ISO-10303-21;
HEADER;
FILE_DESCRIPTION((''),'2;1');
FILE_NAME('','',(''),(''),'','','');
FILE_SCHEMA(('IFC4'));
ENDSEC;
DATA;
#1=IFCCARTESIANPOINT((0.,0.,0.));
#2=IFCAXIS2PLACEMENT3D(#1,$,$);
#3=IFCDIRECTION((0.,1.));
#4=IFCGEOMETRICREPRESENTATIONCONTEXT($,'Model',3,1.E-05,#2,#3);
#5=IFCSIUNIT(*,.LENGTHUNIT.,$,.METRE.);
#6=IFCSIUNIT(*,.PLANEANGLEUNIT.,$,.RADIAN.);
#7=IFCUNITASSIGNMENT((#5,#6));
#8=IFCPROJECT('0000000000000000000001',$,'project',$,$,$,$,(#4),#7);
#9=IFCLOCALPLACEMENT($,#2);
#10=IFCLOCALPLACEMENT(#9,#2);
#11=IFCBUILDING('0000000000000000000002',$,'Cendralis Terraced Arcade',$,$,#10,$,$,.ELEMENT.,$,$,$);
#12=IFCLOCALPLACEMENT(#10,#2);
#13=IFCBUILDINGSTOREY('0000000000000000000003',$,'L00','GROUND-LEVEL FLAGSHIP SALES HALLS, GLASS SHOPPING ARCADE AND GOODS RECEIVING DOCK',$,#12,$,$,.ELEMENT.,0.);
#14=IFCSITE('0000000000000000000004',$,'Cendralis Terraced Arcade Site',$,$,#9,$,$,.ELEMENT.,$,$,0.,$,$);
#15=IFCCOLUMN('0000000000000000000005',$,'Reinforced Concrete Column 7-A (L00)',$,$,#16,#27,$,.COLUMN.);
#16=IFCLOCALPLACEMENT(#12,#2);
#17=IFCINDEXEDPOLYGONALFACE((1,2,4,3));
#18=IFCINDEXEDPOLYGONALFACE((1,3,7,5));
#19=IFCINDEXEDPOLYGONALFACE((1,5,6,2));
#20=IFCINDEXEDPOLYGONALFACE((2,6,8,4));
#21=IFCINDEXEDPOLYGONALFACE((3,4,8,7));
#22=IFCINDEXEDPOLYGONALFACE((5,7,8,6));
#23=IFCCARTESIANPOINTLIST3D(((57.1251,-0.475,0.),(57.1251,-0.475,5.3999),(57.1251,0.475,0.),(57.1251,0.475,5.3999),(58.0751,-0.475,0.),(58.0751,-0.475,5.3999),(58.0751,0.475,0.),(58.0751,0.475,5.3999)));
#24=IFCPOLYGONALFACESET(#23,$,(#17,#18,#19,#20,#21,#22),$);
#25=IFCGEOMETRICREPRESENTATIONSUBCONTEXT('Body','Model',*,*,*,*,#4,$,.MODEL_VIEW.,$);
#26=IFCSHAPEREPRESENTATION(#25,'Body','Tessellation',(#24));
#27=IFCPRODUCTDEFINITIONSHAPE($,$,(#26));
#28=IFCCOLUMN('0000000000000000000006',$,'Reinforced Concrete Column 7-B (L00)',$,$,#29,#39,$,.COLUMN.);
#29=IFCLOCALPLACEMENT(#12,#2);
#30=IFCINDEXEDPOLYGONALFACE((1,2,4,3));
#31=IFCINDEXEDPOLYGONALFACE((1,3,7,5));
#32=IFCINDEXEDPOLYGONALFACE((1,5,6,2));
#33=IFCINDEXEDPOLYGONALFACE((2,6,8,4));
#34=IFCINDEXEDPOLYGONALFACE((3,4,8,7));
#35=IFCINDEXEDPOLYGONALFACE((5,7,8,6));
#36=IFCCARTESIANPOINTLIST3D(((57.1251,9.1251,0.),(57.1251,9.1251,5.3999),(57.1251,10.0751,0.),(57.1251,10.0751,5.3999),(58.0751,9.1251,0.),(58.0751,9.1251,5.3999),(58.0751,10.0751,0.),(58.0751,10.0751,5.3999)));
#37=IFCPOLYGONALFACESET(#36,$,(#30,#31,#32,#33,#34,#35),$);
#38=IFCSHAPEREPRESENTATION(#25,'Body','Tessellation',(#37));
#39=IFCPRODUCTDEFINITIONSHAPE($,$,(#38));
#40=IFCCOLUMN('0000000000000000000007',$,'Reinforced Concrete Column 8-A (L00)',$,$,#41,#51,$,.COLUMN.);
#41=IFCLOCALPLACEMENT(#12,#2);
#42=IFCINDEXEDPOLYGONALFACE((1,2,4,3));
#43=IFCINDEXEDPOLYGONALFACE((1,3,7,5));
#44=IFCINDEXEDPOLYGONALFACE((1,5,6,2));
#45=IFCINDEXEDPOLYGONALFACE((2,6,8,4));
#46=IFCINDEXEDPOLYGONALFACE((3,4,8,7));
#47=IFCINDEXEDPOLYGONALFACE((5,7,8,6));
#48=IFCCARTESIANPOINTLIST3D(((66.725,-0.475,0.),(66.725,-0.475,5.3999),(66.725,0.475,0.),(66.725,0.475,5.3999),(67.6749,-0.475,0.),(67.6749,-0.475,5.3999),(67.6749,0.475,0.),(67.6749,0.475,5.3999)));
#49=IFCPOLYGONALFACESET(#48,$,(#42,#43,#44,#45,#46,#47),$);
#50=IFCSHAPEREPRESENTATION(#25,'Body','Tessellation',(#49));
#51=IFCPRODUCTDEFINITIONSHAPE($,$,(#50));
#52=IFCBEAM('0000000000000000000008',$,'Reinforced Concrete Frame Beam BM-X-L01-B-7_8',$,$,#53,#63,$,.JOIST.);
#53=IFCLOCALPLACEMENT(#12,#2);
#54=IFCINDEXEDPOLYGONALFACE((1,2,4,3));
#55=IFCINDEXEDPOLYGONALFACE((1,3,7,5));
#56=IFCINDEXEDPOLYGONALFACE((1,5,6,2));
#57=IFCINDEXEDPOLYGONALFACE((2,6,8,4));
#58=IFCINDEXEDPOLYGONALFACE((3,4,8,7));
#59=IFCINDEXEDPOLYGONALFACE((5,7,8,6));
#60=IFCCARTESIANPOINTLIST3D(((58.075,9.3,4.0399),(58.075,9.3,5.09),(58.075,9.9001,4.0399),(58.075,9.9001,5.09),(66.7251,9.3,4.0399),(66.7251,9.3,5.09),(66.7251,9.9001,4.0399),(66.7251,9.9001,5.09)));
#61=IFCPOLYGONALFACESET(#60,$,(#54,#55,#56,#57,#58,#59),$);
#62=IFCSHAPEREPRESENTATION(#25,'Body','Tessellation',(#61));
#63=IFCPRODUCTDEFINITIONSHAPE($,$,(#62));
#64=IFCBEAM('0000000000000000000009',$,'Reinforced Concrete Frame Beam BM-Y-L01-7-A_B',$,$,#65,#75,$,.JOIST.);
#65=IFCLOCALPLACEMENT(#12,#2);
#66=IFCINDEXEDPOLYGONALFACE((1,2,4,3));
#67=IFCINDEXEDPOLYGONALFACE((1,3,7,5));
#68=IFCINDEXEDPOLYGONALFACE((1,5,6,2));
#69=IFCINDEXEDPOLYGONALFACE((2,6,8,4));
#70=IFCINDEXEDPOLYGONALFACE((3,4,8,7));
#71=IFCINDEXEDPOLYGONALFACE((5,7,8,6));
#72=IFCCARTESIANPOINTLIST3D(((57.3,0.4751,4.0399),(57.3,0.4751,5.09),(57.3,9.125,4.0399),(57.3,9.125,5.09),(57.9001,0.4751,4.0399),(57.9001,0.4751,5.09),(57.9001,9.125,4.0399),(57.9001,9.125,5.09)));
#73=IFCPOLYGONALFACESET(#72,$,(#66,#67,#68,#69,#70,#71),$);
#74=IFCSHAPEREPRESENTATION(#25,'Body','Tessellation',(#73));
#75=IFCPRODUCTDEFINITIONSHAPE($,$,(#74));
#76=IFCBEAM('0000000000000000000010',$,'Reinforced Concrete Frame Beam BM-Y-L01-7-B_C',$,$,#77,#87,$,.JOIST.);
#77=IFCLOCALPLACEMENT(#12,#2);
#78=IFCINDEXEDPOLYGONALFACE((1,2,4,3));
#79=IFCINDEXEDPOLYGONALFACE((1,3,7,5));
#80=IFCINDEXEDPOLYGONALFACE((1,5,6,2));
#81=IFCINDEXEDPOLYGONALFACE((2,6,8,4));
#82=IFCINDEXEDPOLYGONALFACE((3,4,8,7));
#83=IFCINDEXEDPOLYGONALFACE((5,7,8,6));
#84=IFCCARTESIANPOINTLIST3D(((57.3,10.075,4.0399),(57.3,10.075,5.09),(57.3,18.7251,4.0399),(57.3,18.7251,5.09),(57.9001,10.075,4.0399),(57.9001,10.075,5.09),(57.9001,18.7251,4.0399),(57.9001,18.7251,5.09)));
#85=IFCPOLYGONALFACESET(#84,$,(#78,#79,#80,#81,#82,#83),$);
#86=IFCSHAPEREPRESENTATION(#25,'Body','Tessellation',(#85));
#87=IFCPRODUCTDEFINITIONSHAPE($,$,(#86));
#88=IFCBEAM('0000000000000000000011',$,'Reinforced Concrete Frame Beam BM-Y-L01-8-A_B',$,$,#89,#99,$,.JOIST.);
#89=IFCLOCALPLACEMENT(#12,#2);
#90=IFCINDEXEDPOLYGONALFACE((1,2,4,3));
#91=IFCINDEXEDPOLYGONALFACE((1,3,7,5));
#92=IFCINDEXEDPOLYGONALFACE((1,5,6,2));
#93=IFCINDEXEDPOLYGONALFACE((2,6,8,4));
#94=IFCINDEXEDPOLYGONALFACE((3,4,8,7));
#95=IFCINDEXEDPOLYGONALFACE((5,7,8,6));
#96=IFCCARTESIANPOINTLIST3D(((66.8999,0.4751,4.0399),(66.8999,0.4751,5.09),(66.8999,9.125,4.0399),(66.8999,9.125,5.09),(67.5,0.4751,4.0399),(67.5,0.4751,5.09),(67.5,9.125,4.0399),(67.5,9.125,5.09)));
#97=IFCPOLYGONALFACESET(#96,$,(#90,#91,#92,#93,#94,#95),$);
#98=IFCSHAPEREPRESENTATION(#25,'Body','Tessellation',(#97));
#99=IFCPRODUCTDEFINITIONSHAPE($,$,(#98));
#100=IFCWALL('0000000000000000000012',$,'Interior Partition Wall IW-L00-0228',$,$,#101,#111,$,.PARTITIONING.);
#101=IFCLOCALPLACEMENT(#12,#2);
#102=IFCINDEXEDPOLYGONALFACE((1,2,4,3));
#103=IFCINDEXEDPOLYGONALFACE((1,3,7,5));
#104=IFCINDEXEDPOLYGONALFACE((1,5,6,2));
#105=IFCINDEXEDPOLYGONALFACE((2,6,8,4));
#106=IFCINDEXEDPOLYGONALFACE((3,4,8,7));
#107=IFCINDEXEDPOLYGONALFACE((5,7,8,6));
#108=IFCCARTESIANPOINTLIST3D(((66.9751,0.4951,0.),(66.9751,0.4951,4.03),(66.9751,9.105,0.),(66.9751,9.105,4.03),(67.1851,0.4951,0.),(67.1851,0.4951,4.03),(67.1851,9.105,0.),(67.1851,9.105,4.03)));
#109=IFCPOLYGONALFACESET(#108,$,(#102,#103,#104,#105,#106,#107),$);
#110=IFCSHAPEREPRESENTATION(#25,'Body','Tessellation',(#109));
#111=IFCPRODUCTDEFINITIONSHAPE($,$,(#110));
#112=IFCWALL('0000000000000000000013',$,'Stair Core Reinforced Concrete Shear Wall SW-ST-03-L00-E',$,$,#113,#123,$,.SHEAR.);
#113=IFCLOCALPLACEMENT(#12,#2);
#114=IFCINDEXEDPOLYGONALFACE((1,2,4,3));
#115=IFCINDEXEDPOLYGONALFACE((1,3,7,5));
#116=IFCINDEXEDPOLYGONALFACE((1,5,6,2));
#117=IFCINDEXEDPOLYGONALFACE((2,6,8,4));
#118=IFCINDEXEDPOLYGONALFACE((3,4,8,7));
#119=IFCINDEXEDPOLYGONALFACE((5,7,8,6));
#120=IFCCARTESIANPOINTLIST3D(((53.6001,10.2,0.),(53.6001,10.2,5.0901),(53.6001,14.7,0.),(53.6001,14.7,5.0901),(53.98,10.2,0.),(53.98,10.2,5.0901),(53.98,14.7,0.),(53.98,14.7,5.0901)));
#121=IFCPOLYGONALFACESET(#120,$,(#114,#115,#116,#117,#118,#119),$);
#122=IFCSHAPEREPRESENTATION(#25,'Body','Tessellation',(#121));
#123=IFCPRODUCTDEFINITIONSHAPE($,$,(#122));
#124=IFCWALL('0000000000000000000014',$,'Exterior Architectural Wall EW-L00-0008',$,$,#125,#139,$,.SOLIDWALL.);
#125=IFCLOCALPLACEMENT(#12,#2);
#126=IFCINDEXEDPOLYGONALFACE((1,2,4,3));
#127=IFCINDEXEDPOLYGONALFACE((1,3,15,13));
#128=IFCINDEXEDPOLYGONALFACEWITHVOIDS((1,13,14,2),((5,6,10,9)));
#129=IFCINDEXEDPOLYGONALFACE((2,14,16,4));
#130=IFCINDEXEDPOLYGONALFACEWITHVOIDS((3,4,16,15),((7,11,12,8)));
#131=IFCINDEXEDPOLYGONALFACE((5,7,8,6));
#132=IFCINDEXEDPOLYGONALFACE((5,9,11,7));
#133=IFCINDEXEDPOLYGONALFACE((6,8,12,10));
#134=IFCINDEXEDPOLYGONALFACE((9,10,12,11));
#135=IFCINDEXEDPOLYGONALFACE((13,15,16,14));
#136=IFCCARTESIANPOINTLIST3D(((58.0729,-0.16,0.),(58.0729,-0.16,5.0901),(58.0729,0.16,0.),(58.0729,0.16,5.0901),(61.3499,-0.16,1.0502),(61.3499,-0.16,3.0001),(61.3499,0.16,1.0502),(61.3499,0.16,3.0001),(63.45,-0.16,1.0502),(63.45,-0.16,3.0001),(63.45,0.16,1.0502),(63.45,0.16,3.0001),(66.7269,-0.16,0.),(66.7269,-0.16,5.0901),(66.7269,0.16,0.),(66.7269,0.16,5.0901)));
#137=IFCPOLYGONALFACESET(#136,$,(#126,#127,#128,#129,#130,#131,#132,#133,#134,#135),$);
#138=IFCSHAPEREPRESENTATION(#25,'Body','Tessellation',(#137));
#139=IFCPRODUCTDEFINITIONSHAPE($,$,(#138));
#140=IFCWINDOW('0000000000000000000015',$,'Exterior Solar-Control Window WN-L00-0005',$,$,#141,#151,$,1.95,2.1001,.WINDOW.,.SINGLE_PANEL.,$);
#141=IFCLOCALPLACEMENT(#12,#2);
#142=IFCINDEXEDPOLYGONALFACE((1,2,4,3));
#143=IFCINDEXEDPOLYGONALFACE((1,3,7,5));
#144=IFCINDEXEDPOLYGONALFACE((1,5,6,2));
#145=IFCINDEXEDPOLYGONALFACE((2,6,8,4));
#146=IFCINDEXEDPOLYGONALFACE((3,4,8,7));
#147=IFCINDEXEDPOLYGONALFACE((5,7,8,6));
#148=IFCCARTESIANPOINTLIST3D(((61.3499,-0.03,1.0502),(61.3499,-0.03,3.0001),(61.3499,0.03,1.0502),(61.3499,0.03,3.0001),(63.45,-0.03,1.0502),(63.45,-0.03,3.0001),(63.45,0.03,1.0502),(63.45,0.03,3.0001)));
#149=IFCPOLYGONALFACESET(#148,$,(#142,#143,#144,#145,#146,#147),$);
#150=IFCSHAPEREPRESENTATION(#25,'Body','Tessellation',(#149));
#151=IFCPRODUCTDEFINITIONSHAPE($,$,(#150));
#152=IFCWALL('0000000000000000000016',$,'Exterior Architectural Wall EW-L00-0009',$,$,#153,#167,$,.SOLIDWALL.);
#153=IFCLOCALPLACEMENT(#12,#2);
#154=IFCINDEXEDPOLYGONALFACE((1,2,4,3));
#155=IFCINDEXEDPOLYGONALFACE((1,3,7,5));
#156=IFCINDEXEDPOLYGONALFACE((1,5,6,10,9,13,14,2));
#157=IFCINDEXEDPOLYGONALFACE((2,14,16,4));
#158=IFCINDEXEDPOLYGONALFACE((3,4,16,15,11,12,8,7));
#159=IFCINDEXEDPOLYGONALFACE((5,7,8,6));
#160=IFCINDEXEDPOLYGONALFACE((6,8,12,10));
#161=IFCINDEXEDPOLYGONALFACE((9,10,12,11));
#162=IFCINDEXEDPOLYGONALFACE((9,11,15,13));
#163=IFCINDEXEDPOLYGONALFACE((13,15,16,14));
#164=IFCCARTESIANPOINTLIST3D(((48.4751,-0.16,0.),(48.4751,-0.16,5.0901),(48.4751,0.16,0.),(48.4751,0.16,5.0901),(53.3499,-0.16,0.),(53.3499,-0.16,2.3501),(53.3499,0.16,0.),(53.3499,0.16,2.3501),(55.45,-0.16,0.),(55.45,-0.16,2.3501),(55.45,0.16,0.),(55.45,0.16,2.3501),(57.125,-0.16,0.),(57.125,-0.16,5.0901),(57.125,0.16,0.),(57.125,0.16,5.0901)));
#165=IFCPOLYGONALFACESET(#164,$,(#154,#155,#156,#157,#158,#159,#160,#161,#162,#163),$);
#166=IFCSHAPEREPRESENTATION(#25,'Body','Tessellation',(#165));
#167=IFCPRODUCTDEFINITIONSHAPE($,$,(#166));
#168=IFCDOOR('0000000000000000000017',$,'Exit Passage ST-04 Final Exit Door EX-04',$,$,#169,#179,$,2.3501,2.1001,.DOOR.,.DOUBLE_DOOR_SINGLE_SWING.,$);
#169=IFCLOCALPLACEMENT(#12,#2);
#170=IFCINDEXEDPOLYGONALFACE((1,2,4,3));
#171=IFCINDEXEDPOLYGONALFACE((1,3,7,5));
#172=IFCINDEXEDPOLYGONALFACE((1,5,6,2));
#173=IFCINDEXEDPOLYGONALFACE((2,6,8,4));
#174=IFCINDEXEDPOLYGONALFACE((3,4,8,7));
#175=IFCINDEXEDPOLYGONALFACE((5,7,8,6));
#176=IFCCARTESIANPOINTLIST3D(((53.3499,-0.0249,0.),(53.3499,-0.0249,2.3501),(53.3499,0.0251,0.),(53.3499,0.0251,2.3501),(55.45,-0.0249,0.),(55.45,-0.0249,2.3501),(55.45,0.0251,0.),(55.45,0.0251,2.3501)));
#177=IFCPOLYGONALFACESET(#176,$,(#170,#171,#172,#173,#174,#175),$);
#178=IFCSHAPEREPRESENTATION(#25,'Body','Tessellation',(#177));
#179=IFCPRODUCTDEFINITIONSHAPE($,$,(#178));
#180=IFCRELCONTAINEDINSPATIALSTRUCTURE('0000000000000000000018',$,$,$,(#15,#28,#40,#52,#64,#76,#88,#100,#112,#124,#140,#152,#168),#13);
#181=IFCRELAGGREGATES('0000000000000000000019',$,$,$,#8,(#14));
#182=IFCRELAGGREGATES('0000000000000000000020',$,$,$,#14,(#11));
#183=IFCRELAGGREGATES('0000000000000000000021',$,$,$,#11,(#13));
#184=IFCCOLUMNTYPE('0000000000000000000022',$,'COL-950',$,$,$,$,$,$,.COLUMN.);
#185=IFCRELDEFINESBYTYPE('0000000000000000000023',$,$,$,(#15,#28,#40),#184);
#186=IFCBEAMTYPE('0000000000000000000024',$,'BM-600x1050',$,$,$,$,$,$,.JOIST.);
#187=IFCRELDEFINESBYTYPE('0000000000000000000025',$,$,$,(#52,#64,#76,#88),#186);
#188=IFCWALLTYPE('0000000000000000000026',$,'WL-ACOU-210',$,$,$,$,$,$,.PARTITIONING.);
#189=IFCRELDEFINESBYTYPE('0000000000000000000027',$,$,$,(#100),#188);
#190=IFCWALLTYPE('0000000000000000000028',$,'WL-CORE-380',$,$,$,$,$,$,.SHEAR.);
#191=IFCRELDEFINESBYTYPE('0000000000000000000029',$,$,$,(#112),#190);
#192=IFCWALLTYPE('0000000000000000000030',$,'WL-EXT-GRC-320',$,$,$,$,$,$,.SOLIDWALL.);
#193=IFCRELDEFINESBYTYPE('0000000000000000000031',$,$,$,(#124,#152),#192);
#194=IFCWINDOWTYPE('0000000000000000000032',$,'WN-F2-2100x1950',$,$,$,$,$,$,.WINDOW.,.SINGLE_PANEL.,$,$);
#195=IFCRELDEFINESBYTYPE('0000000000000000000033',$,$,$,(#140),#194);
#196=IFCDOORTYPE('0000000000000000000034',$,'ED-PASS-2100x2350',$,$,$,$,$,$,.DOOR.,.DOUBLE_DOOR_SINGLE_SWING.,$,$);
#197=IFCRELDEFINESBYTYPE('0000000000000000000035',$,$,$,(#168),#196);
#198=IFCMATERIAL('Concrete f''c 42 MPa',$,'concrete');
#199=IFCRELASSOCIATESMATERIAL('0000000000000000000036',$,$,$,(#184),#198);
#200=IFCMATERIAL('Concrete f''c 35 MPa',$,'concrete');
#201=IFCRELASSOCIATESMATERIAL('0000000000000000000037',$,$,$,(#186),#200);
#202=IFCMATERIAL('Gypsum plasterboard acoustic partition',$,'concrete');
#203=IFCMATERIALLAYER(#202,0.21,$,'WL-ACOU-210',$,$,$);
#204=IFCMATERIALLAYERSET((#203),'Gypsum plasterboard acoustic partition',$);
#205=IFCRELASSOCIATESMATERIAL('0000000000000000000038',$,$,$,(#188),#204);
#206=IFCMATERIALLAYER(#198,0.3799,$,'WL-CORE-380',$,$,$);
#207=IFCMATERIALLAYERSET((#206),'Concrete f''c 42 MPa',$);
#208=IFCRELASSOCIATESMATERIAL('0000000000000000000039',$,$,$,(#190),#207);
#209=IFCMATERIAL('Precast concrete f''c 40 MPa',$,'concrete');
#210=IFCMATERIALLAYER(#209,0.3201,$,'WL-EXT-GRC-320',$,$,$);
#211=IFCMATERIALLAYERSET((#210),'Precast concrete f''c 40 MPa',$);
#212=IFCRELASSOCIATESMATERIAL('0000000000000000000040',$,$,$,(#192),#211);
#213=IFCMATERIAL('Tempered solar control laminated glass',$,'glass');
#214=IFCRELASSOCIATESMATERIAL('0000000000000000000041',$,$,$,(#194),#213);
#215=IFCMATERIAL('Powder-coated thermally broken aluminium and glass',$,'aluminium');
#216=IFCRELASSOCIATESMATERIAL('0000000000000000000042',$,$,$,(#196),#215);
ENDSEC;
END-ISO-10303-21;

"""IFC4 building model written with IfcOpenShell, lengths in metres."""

from ifc_helpers import new_model, si_unit, direction, frame, frame_2d, origin, origin_2d, place, context, subcontext, project, spatial, rectangle, extrude, material, layer, layer_set, material_profile, profile_set, type_object, element, fill, save


model = new_model("IFC4")

# Units and contexts
model_context = context("Model", 3, precision=1e-05, world=origin(), true_north=direction((0.0, 1.0)))
body_context = subcontext(model_context, "Body", "Model", "MODEL_VIEW")
ifc_project = project(units=[si_unit("LENGTHUNIT", "METRE"), si_unit("PLANEANGLEUNIT", "RADIAN")], contexts=[model_context])

# Site, building, storey
site_placement = place(None, origin())
site = spatial("IfcSite", under=ifc_project, at=site_placement, Name="Cendralis Terraced Arcade Site", CompositionType="ELEMENT", RefElevation=0.0)
building_placement = place(site_placement, origin())
building = spatial("IfcBuilding", under=site, at=building_placement, Name="Cendralis Terraced Arcade", CompositionType="ELEMENT")
storey_placement = place(building_placement, origin())
storey = spatial("IfcBuildingStorey", under=building, at=storey_placement, Name="L00", Description="GROUND-LEVEL FLAGSHIP SALES HALLS, GLASS SHOPPING ARCADE AND GOODS RECEIVING DOCK", CompositionType="ELEMENT", Elevation=0.0)

# Columns
ifc_material_1 = material(Name="Concrete f'c 42 MPa", Category="concrete")
ifc_material_profile_1 = material_profile(ifc_material_1, rectangle(XDim=0.95, YDim=0.95, at=origin_2d()), Name="RC-COL-950x950", Category="LoadBearing")
ifc_profile_set_1 = profile_set([ifc_material_profile_1], Name="Concrete f'c 42 MPa")
column_type = type_object("IfcColumnType", Name="COL-950", PredefinedType="COLUMN", material=ifc_profile_set_1)
for number, where, z_axis, x_axis, name in (
    (1, (57.6001, 0.0, 0.0), (0.0, 0.0, 1.0), (1.0, 0.0, 0.0), "Reinforced Concrete Column 7-A (L00)"),
    (2, (57.6001, 9.6001, 0.0), (0.0, 0.0, 1.0), (1.0, 0.0, 0.0), "Reinforced Concrete Column 7-B (L00)"),
    (3, (67.2, 0.0, 0.0), (0.0, 0.0, 1.0), (1.0, 0.0, 0.0), "Reinforced Concrete Column 8-A (L00)"),
):
    element("IfcColumn", number, at=place(storey_placement, frame(where, z_axis=z_axis, x_axis=x_axis)), inside=storey, type_object=column_type, Name=name, PredefinedType="COLUMN", context=body_context, shape_type="SweptSolid", body=[
        extrude(rectangle(XDim=0.95, YDim=0.95, at=origin_2d()), origin(), (0.0, 0.0, 1.0), 5.3999),
    ])

# Beams
ifc_material_2 = material(Name="Concrete f'c 35 MPa", Category="concrete")
ifc_material_profile_2 = material_profile(ifc_material_2, rectangle(XDim=0.6001, YDim=1.05, at=origin_2d()), Name="RC-BM-600x1050", Category="LoadBearing")
ifc_profile_set_2 = profile_set([ifc_material_profile_2], Name="Concrete f'c 35 MPa")
beam_type = type_object("IfcBeamType", Name="BM-600x1050", PredefinedType="JOIST", material=ifc_profile_set_2)
beam_1_placement = place(storey_placement, frame((58.075, 9.6001, 4.5649), z_axis=(1.0, 0.0, 0.0), x_axis=(0.0, 1.0, 0.0)))
element("IfcBeam", 4, at=beam_1_placement, inside=storey, type_object=beam_type, Name="Reinforced Concrete Frame Beam BM-X-L01-B-7_8", PredefinedType="JOIST", context=body_context, shape_type="SweptSolid", body=[
    extrude(rectangle(XDim=0.6001, YDim=1.05, at=origin_2d()), origin(), (0.0, 0.0, 1.0), 8.6501),
])
beam_2_placement = place(storey_placement, frame((57.6001, 0.4751, 4.5649), z_axis=(0.0, 1.0, 0.0), x_axis=(-1.0, 0.0, 0.0)))
element("IfcBeam", 5, at=beam_2_placement, inside=storey, type_object=beam_type, Name="Reinforced Concrete Frame Beam BM-Y-L01-7-A_B", PredefinedType="JOIST", context=body_context, shape_type="SweptSolid", body=[
    extrude(rectangle(XDim=0.6001, YDim=1.05, at=origin_2d()), origin(), (0.0, 0.0, 1.0), 8.6499),
])
beam_3_placement = place(storey_placement, frame((57.6001, 10.075, 4.5649), z_axis=(0.0, 1.0, 0.0), x_axis=(-1.0, 0.0, 0.0)))
element("IfcBeam", 6, at=beam_3_placement, inside=storey, type_object=beam_type, Name="Reinforced Concrete Frame Beam BM-Y-L01-7-B_C", PredefinedType="JOIST", context=body_context, shape_type="SweptSolid", body=[
    extrude(rectangle(XDim=0.6001, YDim=1.05, at=origin_2d()), origin(), (0.0, 0.0, 1.0), 8.6501),
])
beam_4_placement = place(storey_placement, frame((67.2, 0.4751, 4.5649), z_axis=(0.0, 1.0, 0.0), x_axis=(-1.0, 0.0, 0.0)))
element("IfcBeam", 7, at=beam_4_placement, inside=storey, type_object=beam_type, Name="Reinforced Concrete Frame Beam BM-Y-L01-8-A_B", PredefinedType="JOIST", context=body_context, shape_type="SweptSolid", body=[
    extrude(rectangle(XDim=0.6001, YDim=1.05, at=origin_2d()), origin(), (0.0, 0.0, 1.0), 8.6499),
])

# Walls
ifc_material_3 = material(Name="Gypsum plasterboard acoustic partition", Category="concrete")
ifc_layer_1 = layer(ifc_material_3, 0.21, Name="WL-ACOU-210")
ifc_layer_set_1 = layer_set([ifc_layer_1], Name="Gypsum plasterboard acoustic partition")
wall_type_1 = type_object("IfcWallType", Name="WL-ACOU-210", PredefinedType="PARTITIONING", material=ifc_layer_set_1)
wall_1_placement = place(storey_placement, frame((67.0801, 9.105, 0.0), z_axis=(0.0, 0.0, 1.0), x_axis=(0.0, -1.0, 0.0)))
element("IfcWall", 8, at=wall_1_placement, inside=storey, type_object=wall_type_1, Name="Interior Partition Wall IW-L00-0228", PredefinedType="PARTITIONING", context=body_context, shape_type="SweptSolid", body=[
    extrude(rectangle(XDim=8.6099, YDim=0.21, at=frame_2d((4.3049, 0.0))), origin(), (0.0, 0.0, 1.0), 4.03),
])
ifc_layer_2 = layer(ifc_material_1, 0.3799, Name="WL-CORE-380")
ifc_layer_set_2 = layer_set([ifc_layer_2], Name="Concrete f'c 42 MPa")
wall_type_2 = type_object("IfcWallType", Name="WL-CORE-380", PredefinedType="SHEAR", material=ifc_layer_set_2)
wall_2_placement = place(storey_placement, frame((53.79, 10.2, 0.0), z_axis=(0.0, 0.0, 1.0), x_axis=(0.0, 1.0, 0.0)))
element("IfcWall", 9, at=wall_2_placement, inside=storey, type_object=wall_type_2, Name="Stair Core Reinforced Concrete Shear Wall SW-ST-03-L00-E", PredefinedType="SHEAR", context=body_context, shape_type="SweptSolid", body=[
    extrude(rectangle(XDim=4.5, YDim=0.3799, at=frame_2d((2.25, 0.0))), origin(), (0.0, 0.0, 1.0), 5.0901),
])

# Wall, opening, window
ifc_material_4 = material(Name="Precast concrete f'c 40 MPa", Category="concrete")
ifc_layer_3 = layer(ifc_material_4, 0.3201, Name="WL-EXT-GRC-320")
ifc_layer_set_3 = layer_set([ifc_layer_3], Name="Precast concrete f'c 40 MPa")
wall_type_3 = type_object("IfcWallType", Name="WL-EXT-GRC-320", PredefinedType="SOLIDWALL", material=ifc_layer_set_3)
wall_3_placement = place(storey_placement, frame((66.7271, 0.0, 0.0), z_axis=(0.0, 0.0, 1.0), x_axis=(-1.0, 0.0, 0.0)))
wall_3 = element("IfcWall", 10, at=wall_3_placement, inside=storey, type_object=wall_type_3, Name="Exterior Architectural Wall EW-L00-0008", PredefinedType="SOLIDWALL", context=body_context, shape_type="SweptSolid", body=[
    extrude(rectangle(XDim=8.6541, YDim=0.3201, at=frame_2d((4.3271, 0.0))), origin(), (0.0, 0.0, 1.0), 5.0901),
])
opening_1_placement = place(wall_3_placement, frame((3.2771, 0.0, 1.05)))
opening_1 = element("IfcOpeningElement", 11, at=opening_1_placement, cuts=wall_3, PredefinedType="OPENING", context=body_context, shape_type="SweptSolid", body=[
    extrude(rectangle(XDim=2.1001, YDim=1.95, at=frame_2d((1.05, 0.9751))), frame((0.0, 0.1719, 0.0), z_axis=(0.0, -1.0, 0.0), x_axis=(1.0, 0.0, 0.0)), (0.0, 0.0, 1.0), 0.344),
])
ifc_material_5 = material(Name="Tempered solar control laminated glass", Category="glass")
window_type = type_object("IfcWindowType", Name="WN-F2-2100x1950", PartitioningType="SINGLE_PANEL", PredefinedType="WINDOW", material=ifc_material_5)
window_placement = place(opening_1_placement, origin())
window = element("IfcWindow", 12, at=window_placement, inside=storey, type_object=window_type, Name="Exterior Solar-Control Window WN-L00-0005", OverallHeight=1.95, OverallWidth=2.1001, PartitioningType="SINGLE_PANEL", PredefinedType="WINDOW", context=body_context, shape_type="SweptSolid", body=[
    extrude(rectangle(XDim=2.1001, YDim=1.95, at=frame_2d((1.05, 0.9751))), frame((0.0, 0.03, 0.0), z_axis=(0.0, -1.0, 0.0), x_axis=(1.0, 0.0, 0.0)), (0.0, 0.0, 1.0), 0.0601),
])
fill(opening_1, window)

# Wall, opening, door
wall_4_placement = place(storey_placement, frame((57.125, 0.0, 0.0), z_axis=(0.0, 0.0, 1.0), x_axis=(-1.0, 0.0, 0.0)))
wall_4 = element("IfcWall", 13, at=wall_4_placement, inside=storey, type_object=wall_type_3, Name="Exterior Architectural Wall EW-L00-0009", PredefinedType="SOLIDWALL", context=body_context, shape_type="SweptSolid", body=[
    extrude(rectangle(XDim=8.6499, YDim=0.3201, at=frame_2d((4.325, 0.0))), origin(), (0.0, 0.0, 1.0), 5.0901),
])
opening_2_placement = place(wall_4_placement, frame((1.675, 0.0, 0.0)))
opening_2 = element("IfcOpeningElement", 14, at=opening_2_placement, cuts=wall_4, PredefinedType="OPENING", context=body_context, shape_type="SweptSolid", body=[
    extrude(rectangle(XDim=2.1001, YDim=2.3501, at=frame_2d((1.05, 1.175))), frame((0.0, 0.1719, 0.0), z_axis=(0.0, -1.0, 0.0), x_axis=(1.0, 0.0, 0.0)), (0.0, 0.0, 1.0), 0.344),
])
ifc_material_6 = material(Name="Powder-coated thermally broken aluminium and glass", Category="aluminium")
door_type_1 = type_object("IfcDoorType", Name="ED-PASS-2100x2350", OperationType="DOUBLE_DOOR_SINGLE_SWING", PredefinedType="DOOR", material=ifc_material_6)
door_1_placement = place(opening_2_placement, origin())
door_1 = element("IfcDoor", 15, at=door_1_placement, inside=storey, type_object=door_type_1, Name="Exit Passage ST-04 Final Exit Door EX-04", OperationType="DOUBLE_DOOR_SINGLE_SWING", OverallHeight=2.3501, OverallWidth=2.1001, PredefinedType="DOOR", context=body_context, shape_type="SweptSolid", body=[
    extrude(rectangle(XDim=2.1001, YDim=2.3501, at=frame_2d((1.05, 1.175))), frame((0.0, 0.0249, 0.0), z_axis=(0.0, -1.0, 0.0), x_axis=(1.0, 0.0, 0.0)), (0.0, 0.0, 1.0), 0.05),
])
fill(opening_2, door_1)

save(model, "model.ifc")
